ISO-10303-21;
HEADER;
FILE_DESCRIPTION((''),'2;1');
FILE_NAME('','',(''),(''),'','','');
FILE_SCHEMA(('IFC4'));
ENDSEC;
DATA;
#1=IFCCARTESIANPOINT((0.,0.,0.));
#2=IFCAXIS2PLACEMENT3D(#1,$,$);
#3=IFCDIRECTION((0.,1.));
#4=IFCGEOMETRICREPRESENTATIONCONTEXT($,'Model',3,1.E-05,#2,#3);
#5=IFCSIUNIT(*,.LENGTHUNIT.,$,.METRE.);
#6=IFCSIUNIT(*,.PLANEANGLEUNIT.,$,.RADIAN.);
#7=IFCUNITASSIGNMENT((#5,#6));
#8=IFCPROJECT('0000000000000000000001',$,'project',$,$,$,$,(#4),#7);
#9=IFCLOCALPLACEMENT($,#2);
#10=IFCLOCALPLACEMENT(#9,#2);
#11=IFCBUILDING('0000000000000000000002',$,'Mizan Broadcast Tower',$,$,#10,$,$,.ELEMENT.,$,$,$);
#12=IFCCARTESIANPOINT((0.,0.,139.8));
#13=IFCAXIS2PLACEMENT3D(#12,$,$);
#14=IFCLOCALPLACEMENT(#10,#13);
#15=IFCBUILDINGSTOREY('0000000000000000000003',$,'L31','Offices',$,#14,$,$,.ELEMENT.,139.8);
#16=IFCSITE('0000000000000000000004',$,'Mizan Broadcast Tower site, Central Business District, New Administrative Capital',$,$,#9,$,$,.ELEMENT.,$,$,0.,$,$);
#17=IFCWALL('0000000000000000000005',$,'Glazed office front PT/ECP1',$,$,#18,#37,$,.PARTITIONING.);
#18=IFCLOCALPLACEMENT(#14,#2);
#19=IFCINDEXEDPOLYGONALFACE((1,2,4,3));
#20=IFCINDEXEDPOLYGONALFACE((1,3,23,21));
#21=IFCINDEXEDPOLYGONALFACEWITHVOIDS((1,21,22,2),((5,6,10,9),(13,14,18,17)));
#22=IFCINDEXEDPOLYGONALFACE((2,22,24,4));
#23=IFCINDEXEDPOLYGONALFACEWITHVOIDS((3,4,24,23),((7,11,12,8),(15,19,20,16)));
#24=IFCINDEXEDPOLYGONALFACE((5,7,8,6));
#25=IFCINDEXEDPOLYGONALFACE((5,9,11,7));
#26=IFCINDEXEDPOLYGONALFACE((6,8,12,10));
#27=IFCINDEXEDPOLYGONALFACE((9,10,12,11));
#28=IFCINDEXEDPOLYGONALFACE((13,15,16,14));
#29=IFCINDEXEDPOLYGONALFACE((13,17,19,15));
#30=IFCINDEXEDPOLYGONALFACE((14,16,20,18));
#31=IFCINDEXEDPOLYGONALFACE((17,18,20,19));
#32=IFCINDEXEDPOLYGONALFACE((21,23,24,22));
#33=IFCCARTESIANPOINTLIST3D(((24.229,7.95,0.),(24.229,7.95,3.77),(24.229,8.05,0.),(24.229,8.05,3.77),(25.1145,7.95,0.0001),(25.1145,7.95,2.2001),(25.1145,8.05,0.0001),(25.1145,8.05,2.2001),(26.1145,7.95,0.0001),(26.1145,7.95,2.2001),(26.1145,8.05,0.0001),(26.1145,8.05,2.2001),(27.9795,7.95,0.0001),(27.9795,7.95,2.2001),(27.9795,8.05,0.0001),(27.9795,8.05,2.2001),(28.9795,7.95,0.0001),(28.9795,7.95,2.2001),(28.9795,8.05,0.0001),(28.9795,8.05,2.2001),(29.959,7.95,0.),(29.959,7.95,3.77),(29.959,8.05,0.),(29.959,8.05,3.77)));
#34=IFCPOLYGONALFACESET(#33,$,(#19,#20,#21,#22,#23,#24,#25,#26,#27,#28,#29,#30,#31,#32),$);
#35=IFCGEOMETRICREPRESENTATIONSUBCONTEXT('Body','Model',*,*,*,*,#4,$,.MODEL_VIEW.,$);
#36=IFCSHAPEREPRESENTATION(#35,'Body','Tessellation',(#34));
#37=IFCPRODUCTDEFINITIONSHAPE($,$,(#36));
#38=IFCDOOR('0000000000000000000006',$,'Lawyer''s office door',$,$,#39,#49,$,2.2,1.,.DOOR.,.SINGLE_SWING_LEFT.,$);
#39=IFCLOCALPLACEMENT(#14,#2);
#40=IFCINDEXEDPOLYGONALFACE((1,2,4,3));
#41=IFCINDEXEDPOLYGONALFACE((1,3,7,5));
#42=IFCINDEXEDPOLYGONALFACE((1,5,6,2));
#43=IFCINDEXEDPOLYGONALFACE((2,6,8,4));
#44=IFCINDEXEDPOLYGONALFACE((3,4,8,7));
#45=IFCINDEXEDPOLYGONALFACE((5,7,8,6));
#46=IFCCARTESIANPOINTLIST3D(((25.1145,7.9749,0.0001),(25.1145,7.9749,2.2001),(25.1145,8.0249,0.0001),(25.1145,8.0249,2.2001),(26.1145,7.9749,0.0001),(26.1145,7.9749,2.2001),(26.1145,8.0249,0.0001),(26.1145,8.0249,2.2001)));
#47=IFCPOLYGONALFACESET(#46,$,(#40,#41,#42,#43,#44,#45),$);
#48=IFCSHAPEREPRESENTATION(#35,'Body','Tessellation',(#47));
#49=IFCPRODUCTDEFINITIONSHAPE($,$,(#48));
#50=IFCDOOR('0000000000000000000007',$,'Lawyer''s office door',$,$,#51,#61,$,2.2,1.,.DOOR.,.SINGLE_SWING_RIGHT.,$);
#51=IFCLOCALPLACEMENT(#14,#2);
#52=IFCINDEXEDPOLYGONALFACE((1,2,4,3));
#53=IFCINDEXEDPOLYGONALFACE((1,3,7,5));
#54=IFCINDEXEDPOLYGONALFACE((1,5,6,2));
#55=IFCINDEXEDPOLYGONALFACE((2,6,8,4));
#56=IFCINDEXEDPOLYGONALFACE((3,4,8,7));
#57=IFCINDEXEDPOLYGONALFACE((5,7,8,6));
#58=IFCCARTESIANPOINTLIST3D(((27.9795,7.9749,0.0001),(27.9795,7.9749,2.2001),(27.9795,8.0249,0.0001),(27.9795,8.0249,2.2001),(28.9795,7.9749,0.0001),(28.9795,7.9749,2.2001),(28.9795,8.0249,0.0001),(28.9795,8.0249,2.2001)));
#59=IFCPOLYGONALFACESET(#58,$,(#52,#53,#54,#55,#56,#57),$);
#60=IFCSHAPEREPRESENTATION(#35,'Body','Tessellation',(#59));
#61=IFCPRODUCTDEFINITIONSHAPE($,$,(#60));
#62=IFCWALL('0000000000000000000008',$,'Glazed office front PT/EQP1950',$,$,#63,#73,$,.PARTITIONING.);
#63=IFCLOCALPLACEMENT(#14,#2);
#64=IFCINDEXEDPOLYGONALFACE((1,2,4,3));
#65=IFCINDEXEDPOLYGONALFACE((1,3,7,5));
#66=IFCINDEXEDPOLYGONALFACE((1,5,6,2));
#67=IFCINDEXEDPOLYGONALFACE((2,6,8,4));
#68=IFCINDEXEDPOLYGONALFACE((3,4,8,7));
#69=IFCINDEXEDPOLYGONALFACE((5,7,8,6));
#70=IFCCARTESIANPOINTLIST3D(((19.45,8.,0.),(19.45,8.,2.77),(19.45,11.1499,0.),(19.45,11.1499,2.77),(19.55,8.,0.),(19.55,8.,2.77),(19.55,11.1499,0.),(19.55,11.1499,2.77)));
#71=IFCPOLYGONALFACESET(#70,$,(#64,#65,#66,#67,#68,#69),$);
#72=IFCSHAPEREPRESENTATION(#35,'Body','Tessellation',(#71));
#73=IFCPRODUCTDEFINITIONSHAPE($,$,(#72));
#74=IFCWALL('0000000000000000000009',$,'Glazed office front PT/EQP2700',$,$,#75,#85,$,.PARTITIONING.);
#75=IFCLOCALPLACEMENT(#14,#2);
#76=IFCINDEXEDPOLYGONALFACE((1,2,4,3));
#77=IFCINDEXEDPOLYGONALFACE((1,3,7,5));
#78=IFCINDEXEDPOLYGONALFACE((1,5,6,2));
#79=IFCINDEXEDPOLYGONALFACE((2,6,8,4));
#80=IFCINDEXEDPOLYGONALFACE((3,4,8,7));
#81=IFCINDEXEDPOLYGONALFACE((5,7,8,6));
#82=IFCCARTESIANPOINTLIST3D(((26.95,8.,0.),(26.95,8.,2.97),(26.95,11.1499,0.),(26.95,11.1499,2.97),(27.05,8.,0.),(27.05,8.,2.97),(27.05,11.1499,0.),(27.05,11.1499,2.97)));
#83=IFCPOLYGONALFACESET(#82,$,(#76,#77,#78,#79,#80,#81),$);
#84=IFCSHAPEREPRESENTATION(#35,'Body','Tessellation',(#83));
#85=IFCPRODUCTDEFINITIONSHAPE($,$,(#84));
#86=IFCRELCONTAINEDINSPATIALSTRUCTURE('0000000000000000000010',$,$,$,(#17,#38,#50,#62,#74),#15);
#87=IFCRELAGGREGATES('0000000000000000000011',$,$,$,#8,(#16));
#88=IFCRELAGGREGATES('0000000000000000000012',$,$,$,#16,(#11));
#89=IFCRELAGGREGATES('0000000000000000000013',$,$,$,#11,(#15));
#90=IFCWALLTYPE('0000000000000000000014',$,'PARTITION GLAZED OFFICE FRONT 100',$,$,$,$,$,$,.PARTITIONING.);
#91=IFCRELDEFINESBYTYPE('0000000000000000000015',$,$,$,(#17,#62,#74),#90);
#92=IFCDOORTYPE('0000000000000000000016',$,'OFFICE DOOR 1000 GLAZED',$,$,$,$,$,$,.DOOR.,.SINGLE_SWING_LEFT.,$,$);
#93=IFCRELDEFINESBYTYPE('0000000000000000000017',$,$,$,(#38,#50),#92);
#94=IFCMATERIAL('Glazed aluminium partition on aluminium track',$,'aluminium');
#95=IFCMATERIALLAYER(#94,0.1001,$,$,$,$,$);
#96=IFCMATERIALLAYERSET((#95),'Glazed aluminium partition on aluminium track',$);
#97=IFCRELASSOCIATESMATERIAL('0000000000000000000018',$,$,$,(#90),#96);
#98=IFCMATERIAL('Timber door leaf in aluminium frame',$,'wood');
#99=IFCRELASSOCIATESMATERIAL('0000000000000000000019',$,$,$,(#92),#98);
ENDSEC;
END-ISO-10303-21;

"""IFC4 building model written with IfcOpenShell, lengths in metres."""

from ifc_helpers import new_model, si_unit, direction, frame, frame_2d, origin, place, context, subcontext, project, spatial, rectangle, extrude, material, layer, layer_set, type_object, element, fill, save


model = new_model("IFC4")

# Units and contexts
model_context = context("Model", 3, precision=1e-05, world=origin(), true_north=direction((0.0, 1.0)))
body_context = subcontext(model_context, "Body", "Model", "MODEL_VIEW")
ifc_project = project(units=[si_unit("LENGTHUNIT", "METRE"), si_unit("PLANEANGLEUNIT", "RADIAN")], contexts=[model_context])

# Site, building, storey
site_placement = place(None, origin())
site = spatial("IfcSite", under=ifc_project, at=site_placement, Name="Mizan Broadcast Tower site, Central Business District, New Administrative Capital", CompositionType="ELEMENT", RefElevation=0.0)
building_placement = place(site_placement, origin())
building = spatial("IfcBuilding", under=site, at=building_placement, Name="Mizan Broadcast Tower", CompositionType="ELEMENT")
storey_placement = place(building_placement, frame((0.0, 0.0, 139.8)))
storey = spatial("IfcBuildingStorey", under=building, at=storey_placement, Name="L31", Description="Offices", CompositionType="ELEMENT", Elevation=139.8)

# Shared definitions
ifc_material_1 = material(Name="Glazed aluminium partition on aluminium track", Category="aluminium")
ifc_layer_1 = layer(ifc_material_1, 0.1001)
ifc_layer_set_1 = layer_set([ifc_layer_1], Name="Glazed aluminium partition on aluminium track")
wall_type_1 = type_object("IfcWallType", Name="PARTITION GLAZED OFFICE FRONT 100", PredefinedType="PARTITIONING", material=ifc_layer_set_1)
ifc_material_2 = material(Name="Timber door leaf in aluminium frame", Category="wood")
door_type_1 = type_object("IfcDoorType", Name="OFFICE DOOR 1000 GLAZED", OperationType="SINGLE_SWING_LEFT", PredefinedType="DOOR", material=ifc_material_2)

# Wall, openings, doors
wall_1_placement = place(storey_placement, frame((24.229, 8.0, 0.0), z_axis=(0.0, 0.0, 1.0), x_axis=(1.0, 0.0, 0.0)))
wall_1 = element("IfcWall", 1, at=wall_1_placement, inside=storey, type_object=wall_type_1, Name="Glazed office front PT/ECP1", PredefinedType="PARTITIONING", context=body_context, shape_type="SweptSolid", body=[
    extrude(rectangle(XDim=5.73, YDim=0.1001, at=frame_2d((2.865, 0.0))), origin(), (0.0, 0.0, 1.0), 3.77),
])
opening_1_placement = place(wall_1_placement, frame((0.8855, 0.0, 0.0)))
opening_1 = element("IfcOpeningElement", 2, at=opening_1_placement, cuts=wall_1, PredefinedType="OPENING", context=body_context, shape_type="SweptSolid", body=[
    extrude(rectangle(XDim=1.0, YDim=2.2, at=frame_2d((0.5, 1.1001))), frame((0.0, 0.0601, 0.0), z_axis=(0.0, -1.0, 0.0), x_axis=(1.0, 0.0, 0.0)), (0.0, 0.0, 1.0), 0.1201),
])
opening_2_placement = place(wall_1_placement, frame((3.7505, 0.0, 0.0)))
opening_2 = element("IfcOpeningElement", 3, at=opening_2_placement, cuts=wall_1, PredefinedType="OPENING", context=body_context, shape_type="SweptSolid", body=[
    extrude(rectangle(XDim=1.0, YDim=2.2, at=frame_2d((0.5, 1.1001))), frame((0.0, 0.0601, 0.0), z_axis=(0.0, -1.0, 0.0), x_axis=(1.0, 0.0, 0.0)), (0.0, 0.0, 1.0), 0.1201),
])
door_1_placement = place(opening_1_placement, origin())
door_1 = element("IfcDoor", 4, at=door_1_placement, inside=storey, type_object=door_type_1, Name="Lawyer's office door", OperationType="SINGLE_SWING_LEFT", OverallHeight=2.2, OverallWidth=1.0, PredefinedType="DOOR", context=body_context, shape_type="SweptSolid", body=[
    extrude(rectangle(XDim=1.0, YDim=2.2, at=frame_2d((0.5, 1.1001))), frame((0.0, 0.0249, 0.0), z_axis=(0.0, -1.0, 0.0), x_axis=(1.0, 0.0, 0.0)), (0.0, 0.0, 1.0), 0.05),
])
fill(opening_1, door_1)
door_2_placement = place(opening_2_placement, origin())
door_2 = element("IfcDoor", 5, at=door_2_placement, inside=storey, type_object=door_type_1, Name="Lawyer's office door", OperationType="SINGLE_SWING_RIGHT", OverallHeight=2.2, OverallWidth=1.0, PredefinedType="DOOR", context=body_context, shape_type="SweptSolid", body=[
    extrude(rectangle(XDim=1.0, YDim=2.2, at=frame_2d((0.5, 1.1001))), frame((0.0, 0.0249, 0.0), z_axis=(0.0, -1.0, 0.0), x_axis=(1.0, 0.0, 0.0)), (0.0, 0.0, 1.0), 0.05),
])
fill(opening_2, door_2)

# Walls
wall_2_placement = place(storey_placement, frame((19.5, 8.0, 0.0), z_axis=(0.0, 0.0, 1.0), x_axis=(0.0, 1.0, 0.0)))
element("IfcWall", 6, at=wall_2_placement, inside=storey, type_object=wall_type_1, Name="Glazed office front PT/EQP1950", PredefinedType="PARTITIONING", context=body_context, shape_type="SweptSolid", body=[
    extrude(rectangle(XDim=3.1499, YDim=0.1001, at=frame_2d((1.575, 0.0))), origin(), (0.0, 0.0, 1.0), 2.77),
])
wall_3_placement = place(storey_placement, frame((27.0, 8.0, 0.0), z_axis=(0.0, 0.0, 1.0), x_axis=(0.0, 1.0, 0.0)))
element("IfcWall", 7, at=wall_3_placement, inside=storey, type_object=wall_type_1, Name="Glazed office front PT/EQP2700", PredefinedType="PARTITIONING", context=body_context, shape_type="SweptSolid", body=[
    extrude(rectangle(XDim=3.1499, YDim=0.1001, at=frame_2d((1.575, 0.0))), origin(), (0.0, 0.0, 1.0), 2.97),
])

save(model, "model.ifc")
